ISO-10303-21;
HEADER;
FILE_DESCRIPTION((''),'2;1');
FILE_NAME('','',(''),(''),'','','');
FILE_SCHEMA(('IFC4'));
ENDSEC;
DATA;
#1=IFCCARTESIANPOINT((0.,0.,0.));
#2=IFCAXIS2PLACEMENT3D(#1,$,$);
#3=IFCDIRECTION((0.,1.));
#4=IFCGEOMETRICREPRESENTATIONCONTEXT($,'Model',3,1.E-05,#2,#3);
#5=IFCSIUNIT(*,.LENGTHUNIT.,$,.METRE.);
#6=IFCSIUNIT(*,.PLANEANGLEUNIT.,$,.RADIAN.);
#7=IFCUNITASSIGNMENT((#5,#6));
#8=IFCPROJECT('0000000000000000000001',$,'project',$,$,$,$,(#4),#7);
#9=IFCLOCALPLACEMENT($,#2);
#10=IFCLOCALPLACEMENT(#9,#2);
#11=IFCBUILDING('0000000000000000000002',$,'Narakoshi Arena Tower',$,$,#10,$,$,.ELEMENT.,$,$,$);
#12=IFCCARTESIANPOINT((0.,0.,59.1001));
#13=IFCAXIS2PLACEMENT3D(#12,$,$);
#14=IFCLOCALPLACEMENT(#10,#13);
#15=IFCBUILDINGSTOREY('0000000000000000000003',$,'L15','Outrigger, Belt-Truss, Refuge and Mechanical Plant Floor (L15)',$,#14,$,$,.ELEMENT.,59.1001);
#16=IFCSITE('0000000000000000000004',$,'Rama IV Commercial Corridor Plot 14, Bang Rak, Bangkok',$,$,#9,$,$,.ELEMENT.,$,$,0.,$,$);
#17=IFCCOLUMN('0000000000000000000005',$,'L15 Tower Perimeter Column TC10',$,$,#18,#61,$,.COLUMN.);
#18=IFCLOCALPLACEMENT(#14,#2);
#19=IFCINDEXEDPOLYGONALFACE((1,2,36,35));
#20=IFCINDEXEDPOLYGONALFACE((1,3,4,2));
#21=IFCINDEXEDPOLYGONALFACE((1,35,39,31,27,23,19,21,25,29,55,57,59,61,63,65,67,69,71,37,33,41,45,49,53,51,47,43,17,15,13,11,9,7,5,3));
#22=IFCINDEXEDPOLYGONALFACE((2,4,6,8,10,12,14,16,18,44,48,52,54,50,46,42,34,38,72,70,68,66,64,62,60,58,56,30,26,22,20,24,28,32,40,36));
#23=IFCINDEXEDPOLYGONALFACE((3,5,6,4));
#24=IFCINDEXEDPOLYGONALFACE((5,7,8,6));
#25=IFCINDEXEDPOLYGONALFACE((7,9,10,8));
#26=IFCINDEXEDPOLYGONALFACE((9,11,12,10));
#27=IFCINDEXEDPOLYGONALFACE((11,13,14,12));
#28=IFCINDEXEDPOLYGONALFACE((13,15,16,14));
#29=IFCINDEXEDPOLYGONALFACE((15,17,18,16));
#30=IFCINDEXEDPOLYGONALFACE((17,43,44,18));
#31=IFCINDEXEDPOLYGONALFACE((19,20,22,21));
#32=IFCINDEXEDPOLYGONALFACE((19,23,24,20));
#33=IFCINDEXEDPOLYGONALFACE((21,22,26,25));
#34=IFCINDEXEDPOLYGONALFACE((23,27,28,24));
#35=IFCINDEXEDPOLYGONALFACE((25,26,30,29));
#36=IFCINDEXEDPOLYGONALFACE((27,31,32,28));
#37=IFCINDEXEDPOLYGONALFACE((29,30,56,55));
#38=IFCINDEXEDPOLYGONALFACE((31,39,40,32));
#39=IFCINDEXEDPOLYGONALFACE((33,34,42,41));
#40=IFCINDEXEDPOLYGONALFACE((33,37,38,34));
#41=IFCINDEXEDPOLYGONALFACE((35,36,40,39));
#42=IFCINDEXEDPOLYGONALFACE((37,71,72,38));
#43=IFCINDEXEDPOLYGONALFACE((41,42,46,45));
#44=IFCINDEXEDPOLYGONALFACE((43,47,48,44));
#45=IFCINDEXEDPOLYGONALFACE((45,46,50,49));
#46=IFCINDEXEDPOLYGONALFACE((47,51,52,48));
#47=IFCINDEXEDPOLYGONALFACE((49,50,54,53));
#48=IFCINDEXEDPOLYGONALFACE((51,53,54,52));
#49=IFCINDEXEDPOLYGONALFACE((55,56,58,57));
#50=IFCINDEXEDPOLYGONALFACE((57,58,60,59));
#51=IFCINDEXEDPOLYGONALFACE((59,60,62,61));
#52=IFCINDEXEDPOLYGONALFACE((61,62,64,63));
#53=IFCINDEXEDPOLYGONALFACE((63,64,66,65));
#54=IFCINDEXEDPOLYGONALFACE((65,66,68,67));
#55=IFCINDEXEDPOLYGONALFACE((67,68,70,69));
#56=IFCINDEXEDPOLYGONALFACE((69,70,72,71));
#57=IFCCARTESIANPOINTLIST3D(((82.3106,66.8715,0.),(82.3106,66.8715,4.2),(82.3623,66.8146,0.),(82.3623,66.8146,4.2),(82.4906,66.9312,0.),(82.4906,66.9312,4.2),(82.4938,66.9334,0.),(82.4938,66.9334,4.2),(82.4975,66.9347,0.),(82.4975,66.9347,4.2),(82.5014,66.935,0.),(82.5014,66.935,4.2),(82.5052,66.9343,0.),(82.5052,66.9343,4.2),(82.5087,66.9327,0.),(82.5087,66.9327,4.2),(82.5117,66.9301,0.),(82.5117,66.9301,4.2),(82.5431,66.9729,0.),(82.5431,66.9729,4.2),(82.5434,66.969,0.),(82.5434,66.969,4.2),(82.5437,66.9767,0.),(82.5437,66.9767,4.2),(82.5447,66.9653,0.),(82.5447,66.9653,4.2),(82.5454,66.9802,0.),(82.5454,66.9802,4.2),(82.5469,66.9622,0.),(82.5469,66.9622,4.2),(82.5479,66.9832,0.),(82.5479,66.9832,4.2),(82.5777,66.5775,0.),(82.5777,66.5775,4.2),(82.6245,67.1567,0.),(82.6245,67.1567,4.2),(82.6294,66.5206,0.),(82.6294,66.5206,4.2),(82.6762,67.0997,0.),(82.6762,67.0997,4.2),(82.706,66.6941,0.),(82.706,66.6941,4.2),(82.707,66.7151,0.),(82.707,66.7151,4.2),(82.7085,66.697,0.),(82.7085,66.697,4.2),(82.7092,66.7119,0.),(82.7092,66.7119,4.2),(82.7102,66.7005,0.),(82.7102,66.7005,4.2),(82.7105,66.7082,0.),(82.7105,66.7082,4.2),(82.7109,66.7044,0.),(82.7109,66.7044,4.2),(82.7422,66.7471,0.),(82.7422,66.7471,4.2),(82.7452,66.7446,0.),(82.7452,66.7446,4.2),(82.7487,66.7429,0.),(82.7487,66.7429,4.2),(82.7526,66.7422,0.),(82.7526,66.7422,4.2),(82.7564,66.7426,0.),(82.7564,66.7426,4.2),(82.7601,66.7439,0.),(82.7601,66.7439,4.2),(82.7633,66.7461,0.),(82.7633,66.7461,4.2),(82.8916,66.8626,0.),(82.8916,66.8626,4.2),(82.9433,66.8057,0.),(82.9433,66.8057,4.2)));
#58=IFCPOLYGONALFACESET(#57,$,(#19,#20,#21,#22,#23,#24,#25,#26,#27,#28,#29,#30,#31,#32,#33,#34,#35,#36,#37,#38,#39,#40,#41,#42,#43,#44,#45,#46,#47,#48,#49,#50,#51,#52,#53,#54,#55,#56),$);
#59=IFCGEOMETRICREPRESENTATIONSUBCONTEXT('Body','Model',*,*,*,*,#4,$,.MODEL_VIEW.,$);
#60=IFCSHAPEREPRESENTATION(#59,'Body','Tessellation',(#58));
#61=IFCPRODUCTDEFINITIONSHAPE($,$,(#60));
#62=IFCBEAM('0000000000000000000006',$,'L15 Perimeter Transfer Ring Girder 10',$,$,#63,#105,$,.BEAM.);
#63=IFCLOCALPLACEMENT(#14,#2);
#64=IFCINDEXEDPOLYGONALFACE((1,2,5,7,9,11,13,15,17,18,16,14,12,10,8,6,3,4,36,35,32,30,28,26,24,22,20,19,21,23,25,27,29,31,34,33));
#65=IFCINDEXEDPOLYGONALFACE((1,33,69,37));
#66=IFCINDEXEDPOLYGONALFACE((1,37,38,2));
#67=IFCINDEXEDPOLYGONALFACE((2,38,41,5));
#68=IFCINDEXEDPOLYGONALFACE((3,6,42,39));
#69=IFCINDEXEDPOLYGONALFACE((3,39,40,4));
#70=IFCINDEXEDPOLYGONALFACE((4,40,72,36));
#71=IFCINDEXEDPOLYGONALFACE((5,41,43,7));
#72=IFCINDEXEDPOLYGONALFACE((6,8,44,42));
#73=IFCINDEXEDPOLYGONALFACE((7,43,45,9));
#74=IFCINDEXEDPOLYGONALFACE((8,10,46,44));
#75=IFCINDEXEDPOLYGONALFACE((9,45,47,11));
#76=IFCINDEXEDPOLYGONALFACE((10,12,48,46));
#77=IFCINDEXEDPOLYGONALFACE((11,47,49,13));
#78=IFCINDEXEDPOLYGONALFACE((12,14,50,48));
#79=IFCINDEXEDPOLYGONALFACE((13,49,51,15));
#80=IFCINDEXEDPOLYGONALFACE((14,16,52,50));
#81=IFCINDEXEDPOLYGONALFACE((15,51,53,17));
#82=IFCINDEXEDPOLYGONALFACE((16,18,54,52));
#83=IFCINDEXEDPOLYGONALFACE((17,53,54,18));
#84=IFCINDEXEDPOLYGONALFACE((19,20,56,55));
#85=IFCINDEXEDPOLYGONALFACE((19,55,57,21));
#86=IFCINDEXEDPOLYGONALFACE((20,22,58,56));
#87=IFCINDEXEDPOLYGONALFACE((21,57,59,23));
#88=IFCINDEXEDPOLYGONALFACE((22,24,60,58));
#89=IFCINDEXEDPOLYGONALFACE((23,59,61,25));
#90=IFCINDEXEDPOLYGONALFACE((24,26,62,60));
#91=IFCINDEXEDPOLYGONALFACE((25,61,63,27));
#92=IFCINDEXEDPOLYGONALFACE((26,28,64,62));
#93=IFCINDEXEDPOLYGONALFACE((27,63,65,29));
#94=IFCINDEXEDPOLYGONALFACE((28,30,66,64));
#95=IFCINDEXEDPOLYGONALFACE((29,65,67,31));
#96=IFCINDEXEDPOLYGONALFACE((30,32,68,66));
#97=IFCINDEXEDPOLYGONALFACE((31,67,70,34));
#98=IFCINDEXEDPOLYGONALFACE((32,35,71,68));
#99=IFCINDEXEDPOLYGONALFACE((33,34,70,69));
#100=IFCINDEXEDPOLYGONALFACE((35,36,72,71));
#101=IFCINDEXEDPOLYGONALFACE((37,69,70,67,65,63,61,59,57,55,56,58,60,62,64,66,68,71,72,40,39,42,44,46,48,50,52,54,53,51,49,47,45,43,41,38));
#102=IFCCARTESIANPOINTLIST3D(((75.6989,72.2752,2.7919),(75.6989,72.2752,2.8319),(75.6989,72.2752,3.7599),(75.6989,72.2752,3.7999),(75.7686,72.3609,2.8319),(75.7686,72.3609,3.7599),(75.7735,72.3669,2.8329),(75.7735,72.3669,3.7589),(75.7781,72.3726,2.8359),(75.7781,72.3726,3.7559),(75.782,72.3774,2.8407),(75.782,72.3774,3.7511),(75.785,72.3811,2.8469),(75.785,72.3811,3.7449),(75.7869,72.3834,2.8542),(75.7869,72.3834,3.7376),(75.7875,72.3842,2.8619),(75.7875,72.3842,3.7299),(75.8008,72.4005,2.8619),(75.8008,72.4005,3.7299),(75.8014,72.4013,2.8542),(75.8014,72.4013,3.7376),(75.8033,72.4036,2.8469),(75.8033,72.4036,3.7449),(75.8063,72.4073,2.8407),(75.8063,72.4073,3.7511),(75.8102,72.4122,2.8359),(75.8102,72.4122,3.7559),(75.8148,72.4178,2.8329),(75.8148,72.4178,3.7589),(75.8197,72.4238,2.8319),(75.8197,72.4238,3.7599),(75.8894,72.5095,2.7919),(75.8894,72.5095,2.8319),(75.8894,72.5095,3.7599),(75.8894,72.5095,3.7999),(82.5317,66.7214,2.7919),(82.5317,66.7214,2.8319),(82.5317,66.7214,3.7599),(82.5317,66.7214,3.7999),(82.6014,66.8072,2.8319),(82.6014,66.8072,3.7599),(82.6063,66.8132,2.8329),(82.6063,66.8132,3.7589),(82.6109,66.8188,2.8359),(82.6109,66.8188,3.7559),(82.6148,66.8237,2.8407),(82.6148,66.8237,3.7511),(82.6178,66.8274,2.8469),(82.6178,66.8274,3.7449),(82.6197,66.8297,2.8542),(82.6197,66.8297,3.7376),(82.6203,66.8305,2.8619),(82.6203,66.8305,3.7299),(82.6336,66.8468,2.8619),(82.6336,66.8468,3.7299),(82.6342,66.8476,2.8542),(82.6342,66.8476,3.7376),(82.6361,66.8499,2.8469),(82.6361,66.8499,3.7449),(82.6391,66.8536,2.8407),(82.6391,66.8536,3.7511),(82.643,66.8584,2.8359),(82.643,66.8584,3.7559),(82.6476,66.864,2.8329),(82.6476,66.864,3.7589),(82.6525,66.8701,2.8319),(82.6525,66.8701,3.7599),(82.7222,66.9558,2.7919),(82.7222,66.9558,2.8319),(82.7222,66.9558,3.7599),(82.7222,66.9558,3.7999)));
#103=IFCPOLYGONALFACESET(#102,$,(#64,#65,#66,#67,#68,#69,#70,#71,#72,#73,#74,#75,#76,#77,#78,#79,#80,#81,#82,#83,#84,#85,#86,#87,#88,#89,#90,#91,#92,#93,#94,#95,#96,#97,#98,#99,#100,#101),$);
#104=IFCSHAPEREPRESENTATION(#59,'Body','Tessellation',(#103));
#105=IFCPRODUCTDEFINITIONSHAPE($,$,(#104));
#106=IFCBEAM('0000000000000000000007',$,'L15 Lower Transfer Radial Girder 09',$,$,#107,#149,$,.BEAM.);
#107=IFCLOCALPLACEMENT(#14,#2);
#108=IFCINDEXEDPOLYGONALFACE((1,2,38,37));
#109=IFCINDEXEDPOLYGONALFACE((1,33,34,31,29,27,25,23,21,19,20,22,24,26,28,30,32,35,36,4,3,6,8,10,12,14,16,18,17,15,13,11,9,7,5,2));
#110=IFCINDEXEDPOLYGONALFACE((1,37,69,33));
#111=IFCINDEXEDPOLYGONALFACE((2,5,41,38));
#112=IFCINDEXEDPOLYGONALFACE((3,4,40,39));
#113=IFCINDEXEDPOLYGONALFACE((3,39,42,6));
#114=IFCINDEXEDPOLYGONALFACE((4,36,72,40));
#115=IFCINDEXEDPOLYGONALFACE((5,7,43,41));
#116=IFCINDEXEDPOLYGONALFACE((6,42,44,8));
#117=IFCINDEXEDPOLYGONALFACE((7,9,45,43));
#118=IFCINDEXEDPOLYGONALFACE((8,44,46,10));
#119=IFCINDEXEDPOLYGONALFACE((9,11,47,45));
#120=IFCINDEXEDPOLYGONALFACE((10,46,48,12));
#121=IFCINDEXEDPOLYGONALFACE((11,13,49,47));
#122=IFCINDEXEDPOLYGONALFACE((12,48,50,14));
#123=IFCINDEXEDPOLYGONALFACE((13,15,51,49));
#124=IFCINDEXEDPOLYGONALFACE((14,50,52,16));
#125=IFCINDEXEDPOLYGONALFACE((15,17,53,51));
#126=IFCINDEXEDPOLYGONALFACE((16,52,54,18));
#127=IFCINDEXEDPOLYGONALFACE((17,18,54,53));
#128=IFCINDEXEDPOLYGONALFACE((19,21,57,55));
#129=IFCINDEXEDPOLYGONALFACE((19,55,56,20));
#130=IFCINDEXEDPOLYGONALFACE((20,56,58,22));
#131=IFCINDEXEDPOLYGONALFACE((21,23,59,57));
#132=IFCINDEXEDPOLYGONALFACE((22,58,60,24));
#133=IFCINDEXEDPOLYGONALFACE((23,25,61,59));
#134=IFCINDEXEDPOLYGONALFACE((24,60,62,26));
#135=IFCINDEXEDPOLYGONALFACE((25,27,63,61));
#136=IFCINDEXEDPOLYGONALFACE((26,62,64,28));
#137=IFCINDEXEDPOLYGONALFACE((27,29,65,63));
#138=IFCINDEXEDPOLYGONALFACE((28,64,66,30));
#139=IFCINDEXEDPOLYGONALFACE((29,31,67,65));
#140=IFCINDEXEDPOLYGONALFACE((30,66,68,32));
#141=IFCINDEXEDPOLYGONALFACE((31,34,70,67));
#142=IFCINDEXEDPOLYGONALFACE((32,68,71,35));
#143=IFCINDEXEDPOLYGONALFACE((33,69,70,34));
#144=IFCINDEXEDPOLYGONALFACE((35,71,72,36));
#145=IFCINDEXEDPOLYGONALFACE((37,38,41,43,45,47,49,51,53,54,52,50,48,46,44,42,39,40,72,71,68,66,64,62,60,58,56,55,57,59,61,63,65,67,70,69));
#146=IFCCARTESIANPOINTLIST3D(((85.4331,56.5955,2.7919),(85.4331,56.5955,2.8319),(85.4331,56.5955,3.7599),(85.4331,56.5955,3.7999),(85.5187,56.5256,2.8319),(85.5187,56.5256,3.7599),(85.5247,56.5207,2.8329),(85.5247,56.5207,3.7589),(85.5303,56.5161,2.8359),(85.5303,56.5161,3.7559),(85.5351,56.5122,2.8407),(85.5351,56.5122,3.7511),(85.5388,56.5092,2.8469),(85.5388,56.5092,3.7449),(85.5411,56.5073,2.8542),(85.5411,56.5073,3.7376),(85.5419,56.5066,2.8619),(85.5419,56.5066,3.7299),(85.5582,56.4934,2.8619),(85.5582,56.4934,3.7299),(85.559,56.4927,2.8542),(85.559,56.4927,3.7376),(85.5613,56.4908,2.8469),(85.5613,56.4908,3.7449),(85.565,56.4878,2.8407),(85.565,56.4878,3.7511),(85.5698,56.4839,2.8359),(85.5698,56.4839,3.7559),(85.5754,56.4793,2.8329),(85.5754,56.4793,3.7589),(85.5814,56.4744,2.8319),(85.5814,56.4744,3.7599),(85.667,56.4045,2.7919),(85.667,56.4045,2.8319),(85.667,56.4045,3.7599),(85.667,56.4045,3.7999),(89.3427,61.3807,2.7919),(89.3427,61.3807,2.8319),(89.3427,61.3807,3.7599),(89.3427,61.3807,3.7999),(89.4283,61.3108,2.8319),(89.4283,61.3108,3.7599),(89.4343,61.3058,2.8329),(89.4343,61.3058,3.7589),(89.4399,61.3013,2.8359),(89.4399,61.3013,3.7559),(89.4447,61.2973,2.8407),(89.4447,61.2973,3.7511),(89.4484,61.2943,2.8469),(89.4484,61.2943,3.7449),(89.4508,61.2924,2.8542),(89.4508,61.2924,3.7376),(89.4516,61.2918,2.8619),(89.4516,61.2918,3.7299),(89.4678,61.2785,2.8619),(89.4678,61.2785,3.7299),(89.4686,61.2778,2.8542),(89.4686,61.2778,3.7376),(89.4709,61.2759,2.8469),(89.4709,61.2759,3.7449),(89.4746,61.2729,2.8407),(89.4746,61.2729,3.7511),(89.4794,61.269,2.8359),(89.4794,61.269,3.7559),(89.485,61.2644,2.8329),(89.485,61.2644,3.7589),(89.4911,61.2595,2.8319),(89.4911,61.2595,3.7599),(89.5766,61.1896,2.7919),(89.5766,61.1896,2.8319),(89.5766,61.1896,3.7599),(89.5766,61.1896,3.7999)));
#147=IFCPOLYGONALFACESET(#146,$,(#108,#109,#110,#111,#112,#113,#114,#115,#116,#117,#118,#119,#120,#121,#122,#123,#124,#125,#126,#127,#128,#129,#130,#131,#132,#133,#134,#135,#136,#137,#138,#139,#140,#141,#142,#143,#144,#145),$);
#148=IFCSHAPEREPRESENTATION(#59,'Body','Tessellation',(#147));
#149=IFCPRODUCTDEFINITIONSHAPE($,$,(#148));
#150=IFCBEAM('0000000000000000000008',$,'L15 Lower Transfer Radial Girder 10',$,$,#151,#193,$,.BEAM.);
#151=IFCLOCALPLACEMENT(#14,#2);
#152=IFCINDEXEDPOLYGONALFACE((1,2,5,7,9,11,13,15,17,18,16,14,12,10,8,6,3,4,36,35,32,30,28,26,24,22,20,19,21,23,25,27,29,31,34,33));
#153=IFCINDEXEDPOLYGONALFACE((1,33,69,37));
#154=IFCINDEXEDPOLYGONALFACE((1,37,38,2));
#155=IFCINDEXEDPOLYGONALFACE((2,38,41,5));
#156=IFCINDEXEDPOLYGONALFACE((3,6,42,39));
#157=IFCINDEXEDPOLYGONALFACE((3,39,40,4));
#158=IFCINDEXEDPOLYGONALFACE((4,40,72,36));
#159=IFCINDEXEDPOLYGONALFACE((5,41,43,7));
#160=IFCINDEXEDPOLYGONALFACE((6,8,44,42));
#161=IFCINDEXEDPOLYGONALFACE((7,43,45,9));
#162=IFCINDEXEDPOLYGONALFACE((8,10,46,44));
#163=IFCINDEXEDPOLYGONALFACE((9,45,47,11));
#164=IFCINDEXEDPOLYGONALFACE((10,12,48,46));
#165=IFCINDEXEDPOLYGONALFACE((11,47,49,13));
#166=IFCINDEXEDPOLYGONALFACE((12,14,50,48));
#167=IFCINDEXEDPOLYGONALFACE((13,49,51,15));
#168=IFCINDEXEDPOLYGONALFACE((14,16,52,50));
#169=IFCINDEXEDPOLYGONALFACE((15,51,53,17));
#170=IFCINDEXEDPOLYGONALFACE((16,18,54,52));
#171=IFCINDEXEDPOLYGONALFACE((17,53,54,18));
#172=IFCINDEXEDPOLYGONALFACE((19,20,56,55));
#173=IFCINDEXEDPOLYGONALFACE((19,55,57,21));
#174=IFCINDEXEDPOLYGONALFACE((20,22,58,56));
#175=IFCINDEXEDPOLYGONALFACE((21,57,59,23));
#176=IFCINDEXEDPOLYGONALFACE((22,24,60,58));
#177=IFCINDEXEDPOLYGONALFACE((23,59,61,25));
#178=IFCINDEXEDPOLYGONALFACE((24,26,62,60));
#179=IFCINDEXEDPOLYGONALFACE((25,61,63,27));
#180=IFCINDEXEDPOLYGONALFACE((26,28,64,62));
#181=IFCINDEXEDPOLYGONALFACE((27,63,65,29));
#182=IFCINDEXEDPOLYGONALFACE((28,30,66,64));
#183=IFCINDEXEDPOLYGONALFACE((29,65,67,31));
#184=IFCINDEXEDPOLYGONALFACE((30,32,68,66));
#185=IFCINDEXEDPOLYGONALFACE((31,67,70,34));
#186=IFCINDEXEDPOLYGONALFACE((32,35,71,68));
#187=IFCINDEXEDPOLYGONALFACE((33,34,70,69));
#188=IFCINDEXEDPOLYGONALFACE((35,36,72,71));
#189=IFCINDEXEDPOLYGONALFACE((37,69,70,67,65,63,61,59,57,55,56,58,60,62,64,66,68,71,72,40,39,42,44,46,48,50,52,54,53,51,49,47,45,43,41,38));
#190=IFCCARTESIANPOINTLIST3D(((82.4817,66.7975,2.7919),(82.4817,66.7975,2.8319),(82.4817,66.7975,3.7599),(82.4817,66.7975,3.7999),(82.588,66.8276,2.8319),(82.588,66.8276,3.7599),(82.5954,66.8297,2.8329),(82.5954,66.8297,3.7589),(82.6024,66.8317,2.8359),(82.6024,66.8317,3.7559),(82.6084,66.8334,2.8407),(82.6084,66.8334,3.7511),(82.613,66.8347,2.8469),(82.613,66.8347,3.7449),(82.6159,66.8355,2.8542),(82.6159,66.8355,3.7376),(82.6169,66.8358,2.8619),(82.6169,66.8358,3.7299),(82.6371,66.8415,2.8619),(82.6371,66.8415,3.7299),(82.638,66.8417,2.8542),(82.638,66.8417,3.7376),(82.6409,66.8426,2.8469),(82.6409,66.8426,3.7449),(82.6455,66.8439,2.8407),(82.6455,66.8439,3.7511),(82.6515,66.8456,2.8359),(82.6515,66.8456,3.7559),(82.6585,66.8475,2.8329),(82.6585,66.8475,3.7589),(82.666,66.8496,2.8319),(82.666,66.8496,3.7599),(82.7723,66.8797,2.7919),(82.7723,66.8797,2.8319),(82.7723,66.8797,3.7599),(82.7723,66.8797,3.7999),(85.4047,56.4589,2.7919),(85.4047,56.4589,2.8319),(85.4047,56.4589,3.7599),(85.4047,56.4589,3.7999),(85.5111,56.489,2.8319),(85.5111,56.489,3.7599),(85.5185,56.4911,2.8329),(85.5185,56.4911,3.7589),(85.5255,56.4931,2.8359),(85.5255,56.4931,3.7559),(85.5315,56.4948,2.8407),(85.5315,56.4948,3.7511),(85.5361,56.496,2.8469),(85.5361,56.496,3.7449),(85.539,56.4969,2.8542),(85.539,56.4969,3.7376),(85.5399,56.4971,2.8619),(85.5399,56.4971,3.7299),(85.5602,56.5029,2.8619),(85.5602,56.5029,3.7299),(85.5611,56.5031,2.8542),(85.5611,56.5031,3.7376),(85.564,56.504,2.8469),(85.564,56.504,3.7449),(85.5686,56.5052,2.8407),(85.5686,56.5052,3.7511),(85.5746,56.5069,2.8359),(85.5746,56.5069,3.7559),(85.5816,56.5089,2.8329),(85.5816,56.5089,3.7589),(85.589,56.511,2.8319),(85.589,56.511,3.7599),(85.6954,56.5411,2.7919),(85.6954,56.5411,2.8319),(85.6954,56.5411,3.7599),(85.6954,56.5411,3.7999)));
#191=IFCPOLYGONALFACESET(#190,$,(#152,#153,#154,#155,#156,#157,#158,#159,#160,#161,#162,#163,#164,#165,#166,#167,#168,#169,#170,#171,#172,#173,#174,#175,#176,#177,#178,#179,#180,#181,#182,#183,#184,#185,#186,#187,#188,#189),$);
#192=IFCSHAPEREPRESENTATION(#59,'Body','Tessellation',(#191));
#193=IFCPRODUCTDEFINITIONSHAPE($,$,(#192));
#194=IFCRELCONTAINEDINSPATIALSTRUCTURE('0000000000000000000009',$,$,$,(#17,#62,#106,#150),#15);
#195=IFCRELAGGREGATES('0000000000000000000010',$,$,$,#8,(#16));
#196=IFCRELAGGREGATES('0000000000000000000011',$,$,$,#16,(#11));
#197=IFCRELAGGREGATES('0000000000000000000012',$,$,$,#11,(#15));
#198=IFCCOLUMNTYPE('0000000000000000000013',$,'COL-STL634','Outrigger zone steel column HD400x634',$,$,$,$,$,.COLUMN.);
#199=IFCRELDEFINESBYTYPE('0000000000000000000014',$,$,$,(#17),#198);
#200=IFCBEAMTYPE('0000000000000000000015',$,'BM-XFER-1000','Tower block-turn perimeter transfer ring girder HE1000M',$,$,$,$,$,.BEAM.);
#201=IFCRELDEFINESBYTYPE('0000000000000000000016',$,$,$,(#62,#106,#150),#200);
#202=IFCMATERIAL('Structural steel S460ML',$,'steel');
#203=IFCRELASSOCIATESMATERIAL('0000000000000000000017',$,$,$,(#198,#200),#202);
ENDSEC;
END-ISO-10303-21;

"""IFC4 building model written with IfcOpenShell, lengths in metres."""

from ifc_helpers import new_model, si_unit, direction, frame, origin, origin_2d, place, context, subcontext, project, spatial, i_section, extrude, material, material_profile, profile_set, type_object, element, save


model = new_model("IFC4")

# Units and contexts
model_context = context("Model", 3, precision=1e-05, world=origin(), true_north=direction((0.0, 1.0)))
body_context = subcontext(model_context, "Body", "Model", "MODEL_VIEW")
ifc_project = project(units=[si_unit("LENGTHUNIT", "METRE"), si_unit("PLANEANGLEUNIT", "RADIAN")], contexts=[model_context])

# Site, building, storey
site_placement = place(None, origin())
site = spatial("IfcSite", under=ifc_project, at=site_placement, Name="Rama IV Commercial Corridor Plot 14, Bang Rak, Bangkok", CompositionType="ELEMENT", RefElevation=0.0)
building_placement = place(site_placement, origin())
building = spatial("IfcBuilding", under=site, at=building_placement, Name="Narakoshi Arena Tower", CompositionType="ELEMENT")
storey_placement = place(building_placement, frame((0.0, 0.0, 59.1001)))
storey = spatial("IfcBuildingStorey", under=building, at=storey_placement, Name="L15", Description="Outrigger, Belt-Truss, Refuge and Mechanical Plant Floor (L15)", CompositionType="ELEMENT", Elevation=59.1001)

# Column
ifc_material_1 = material(Name="Structural steel S460ML", Category="steel")
ifc_material_profile_1 = material_profile(ifc_material_1, i_section(OverallWidth=0.4241, OverallDepth=0.4741, WebThickness=0.0476, FlangeThickness=0.0769, FilletRadius=0.0149, at=origin_2d()), Name="HD400x634")
ifc_profile_set_1 = profile_set([ifc_material_profile_1], Name="Structural steel S460ML")
column_type = type_object("IfcColumnType", Name="COL-STL634", Description="Outrigger zone steel column HD400x634", PredefinedType="COLUMN", material=ifc_profile_set_1)
column_placement = place(storey_placement, frame((82.627, 66.8386, 0.0), z_axis=(0.0, 0.0, 1.0), x_axis=(0.740218, 0.672367, 0.0)))
element("IfcColumn", 1, at=column_placement, inside=storey, type_object=column_type, Name="L15 Tower Perimeter Column TC10", PredefinedType="COLUMN", context=body_context, shape_type="SweptSolid", body=[
    extrude(i_section(OverallWidth=0.4241, OverallDepth=0.4741, WebThickness=0.0476, FlangeThickness=0.0769, FilletRadius=0.0149, at=origin_2d()), origin(), (0.0, 0.0, 1.0), 4.2),
])

# Beams
ifc_material_profile_2 = material_profile(ifc_material_1, i_section(OverallWidth=0.302, OverallDepth=1.0081, WebThickness=0.021, FlangeThickness=0.04, FilletRadius=0.03, at=origin_2d()), Name="HE1000M")
ifc_profile_set_2 = profile_set([ifc_material_profile_2], Name="Structural steel S460ML")
beam_type = type_object("IfcBeamType", Name="BM-XFER-1000", Description="Tower block-turn perimeter transfer ring girder HE1000M", PredefinedType="BEAM", material=ifc_profile_set_2)
beam_1_placement = place(storey_placement, frame((82.627, 66.8386, 3.2959), z_axis=(-0.775998, 0.630736, 0.0), x_axis=(-0.630736, -0.775998, 0.0)))
element("IfcBeam", 2, at=beam_1_placement, inside=storey, type_object=beam_type, Name="L15 Perimeter Transfer Ring Girder 10", PredefinedType="BEAM", context=body_context, shape_type="SweptSolid", body=[
    extrude(i_section(OverallWidth=0.302, OverallDepth=1.0081, WebThickness=0.021, FlangeThickness=0.04, FilletRadius=0.03, at=origin_2d()), origin(), (0.0, 0.0, 1.0), 8.8052),
])
beam_2_placement = place(storey_placement, frame((85.55, 56.5, 3.2959), z_axis=(0.632708, 0.77439, 0.0), x_axis=(-0.77439, 0.632708, 0.0)))
element("IfcBeam", 3, at=beam_2_placement, inside=storey, type_object=beam_type, Name="L15 Lower Transfer Radial Girder 09", PredefinedType="BEAM", context=body_context, shape_type="SweptSolid", body=[
    extrude(i_section(OverallWidth=0.302, OverallDepth=1.0081, WebThickness=0.021, FlangeThickness=0.04, FilletRadius=0.03, at=origin_2d()), origin(), (0.0, 0.0, 1.0), 6.1792),
])
beam_3_placement = place(storey_placement, frame((85.55, 56.5, 3.2959), z_axis=(-0.27207, 0.962277, 0.0), x_axis=(-0.962277, -0.27207, 0.0)))
element("IfcBeam", 4, at=beam_3_placement, inside=storey, type_object=beam_type, Name="L15 Lower Transfer Radial Girder 10", PredefinedType="BEAM", context=body_context, shape_type="SweptSolid", body=[
    extrude(i_section(OverallWidth=0.302, OverallDepth=1.0081, WebThickness=0.021, FlangeThickness=0.04, FilletRadius=0.03, at=origin_2d()), origin(), (0.0, 0.0, 1.0), 10.7439),
])

save(model, "model.ifc")
